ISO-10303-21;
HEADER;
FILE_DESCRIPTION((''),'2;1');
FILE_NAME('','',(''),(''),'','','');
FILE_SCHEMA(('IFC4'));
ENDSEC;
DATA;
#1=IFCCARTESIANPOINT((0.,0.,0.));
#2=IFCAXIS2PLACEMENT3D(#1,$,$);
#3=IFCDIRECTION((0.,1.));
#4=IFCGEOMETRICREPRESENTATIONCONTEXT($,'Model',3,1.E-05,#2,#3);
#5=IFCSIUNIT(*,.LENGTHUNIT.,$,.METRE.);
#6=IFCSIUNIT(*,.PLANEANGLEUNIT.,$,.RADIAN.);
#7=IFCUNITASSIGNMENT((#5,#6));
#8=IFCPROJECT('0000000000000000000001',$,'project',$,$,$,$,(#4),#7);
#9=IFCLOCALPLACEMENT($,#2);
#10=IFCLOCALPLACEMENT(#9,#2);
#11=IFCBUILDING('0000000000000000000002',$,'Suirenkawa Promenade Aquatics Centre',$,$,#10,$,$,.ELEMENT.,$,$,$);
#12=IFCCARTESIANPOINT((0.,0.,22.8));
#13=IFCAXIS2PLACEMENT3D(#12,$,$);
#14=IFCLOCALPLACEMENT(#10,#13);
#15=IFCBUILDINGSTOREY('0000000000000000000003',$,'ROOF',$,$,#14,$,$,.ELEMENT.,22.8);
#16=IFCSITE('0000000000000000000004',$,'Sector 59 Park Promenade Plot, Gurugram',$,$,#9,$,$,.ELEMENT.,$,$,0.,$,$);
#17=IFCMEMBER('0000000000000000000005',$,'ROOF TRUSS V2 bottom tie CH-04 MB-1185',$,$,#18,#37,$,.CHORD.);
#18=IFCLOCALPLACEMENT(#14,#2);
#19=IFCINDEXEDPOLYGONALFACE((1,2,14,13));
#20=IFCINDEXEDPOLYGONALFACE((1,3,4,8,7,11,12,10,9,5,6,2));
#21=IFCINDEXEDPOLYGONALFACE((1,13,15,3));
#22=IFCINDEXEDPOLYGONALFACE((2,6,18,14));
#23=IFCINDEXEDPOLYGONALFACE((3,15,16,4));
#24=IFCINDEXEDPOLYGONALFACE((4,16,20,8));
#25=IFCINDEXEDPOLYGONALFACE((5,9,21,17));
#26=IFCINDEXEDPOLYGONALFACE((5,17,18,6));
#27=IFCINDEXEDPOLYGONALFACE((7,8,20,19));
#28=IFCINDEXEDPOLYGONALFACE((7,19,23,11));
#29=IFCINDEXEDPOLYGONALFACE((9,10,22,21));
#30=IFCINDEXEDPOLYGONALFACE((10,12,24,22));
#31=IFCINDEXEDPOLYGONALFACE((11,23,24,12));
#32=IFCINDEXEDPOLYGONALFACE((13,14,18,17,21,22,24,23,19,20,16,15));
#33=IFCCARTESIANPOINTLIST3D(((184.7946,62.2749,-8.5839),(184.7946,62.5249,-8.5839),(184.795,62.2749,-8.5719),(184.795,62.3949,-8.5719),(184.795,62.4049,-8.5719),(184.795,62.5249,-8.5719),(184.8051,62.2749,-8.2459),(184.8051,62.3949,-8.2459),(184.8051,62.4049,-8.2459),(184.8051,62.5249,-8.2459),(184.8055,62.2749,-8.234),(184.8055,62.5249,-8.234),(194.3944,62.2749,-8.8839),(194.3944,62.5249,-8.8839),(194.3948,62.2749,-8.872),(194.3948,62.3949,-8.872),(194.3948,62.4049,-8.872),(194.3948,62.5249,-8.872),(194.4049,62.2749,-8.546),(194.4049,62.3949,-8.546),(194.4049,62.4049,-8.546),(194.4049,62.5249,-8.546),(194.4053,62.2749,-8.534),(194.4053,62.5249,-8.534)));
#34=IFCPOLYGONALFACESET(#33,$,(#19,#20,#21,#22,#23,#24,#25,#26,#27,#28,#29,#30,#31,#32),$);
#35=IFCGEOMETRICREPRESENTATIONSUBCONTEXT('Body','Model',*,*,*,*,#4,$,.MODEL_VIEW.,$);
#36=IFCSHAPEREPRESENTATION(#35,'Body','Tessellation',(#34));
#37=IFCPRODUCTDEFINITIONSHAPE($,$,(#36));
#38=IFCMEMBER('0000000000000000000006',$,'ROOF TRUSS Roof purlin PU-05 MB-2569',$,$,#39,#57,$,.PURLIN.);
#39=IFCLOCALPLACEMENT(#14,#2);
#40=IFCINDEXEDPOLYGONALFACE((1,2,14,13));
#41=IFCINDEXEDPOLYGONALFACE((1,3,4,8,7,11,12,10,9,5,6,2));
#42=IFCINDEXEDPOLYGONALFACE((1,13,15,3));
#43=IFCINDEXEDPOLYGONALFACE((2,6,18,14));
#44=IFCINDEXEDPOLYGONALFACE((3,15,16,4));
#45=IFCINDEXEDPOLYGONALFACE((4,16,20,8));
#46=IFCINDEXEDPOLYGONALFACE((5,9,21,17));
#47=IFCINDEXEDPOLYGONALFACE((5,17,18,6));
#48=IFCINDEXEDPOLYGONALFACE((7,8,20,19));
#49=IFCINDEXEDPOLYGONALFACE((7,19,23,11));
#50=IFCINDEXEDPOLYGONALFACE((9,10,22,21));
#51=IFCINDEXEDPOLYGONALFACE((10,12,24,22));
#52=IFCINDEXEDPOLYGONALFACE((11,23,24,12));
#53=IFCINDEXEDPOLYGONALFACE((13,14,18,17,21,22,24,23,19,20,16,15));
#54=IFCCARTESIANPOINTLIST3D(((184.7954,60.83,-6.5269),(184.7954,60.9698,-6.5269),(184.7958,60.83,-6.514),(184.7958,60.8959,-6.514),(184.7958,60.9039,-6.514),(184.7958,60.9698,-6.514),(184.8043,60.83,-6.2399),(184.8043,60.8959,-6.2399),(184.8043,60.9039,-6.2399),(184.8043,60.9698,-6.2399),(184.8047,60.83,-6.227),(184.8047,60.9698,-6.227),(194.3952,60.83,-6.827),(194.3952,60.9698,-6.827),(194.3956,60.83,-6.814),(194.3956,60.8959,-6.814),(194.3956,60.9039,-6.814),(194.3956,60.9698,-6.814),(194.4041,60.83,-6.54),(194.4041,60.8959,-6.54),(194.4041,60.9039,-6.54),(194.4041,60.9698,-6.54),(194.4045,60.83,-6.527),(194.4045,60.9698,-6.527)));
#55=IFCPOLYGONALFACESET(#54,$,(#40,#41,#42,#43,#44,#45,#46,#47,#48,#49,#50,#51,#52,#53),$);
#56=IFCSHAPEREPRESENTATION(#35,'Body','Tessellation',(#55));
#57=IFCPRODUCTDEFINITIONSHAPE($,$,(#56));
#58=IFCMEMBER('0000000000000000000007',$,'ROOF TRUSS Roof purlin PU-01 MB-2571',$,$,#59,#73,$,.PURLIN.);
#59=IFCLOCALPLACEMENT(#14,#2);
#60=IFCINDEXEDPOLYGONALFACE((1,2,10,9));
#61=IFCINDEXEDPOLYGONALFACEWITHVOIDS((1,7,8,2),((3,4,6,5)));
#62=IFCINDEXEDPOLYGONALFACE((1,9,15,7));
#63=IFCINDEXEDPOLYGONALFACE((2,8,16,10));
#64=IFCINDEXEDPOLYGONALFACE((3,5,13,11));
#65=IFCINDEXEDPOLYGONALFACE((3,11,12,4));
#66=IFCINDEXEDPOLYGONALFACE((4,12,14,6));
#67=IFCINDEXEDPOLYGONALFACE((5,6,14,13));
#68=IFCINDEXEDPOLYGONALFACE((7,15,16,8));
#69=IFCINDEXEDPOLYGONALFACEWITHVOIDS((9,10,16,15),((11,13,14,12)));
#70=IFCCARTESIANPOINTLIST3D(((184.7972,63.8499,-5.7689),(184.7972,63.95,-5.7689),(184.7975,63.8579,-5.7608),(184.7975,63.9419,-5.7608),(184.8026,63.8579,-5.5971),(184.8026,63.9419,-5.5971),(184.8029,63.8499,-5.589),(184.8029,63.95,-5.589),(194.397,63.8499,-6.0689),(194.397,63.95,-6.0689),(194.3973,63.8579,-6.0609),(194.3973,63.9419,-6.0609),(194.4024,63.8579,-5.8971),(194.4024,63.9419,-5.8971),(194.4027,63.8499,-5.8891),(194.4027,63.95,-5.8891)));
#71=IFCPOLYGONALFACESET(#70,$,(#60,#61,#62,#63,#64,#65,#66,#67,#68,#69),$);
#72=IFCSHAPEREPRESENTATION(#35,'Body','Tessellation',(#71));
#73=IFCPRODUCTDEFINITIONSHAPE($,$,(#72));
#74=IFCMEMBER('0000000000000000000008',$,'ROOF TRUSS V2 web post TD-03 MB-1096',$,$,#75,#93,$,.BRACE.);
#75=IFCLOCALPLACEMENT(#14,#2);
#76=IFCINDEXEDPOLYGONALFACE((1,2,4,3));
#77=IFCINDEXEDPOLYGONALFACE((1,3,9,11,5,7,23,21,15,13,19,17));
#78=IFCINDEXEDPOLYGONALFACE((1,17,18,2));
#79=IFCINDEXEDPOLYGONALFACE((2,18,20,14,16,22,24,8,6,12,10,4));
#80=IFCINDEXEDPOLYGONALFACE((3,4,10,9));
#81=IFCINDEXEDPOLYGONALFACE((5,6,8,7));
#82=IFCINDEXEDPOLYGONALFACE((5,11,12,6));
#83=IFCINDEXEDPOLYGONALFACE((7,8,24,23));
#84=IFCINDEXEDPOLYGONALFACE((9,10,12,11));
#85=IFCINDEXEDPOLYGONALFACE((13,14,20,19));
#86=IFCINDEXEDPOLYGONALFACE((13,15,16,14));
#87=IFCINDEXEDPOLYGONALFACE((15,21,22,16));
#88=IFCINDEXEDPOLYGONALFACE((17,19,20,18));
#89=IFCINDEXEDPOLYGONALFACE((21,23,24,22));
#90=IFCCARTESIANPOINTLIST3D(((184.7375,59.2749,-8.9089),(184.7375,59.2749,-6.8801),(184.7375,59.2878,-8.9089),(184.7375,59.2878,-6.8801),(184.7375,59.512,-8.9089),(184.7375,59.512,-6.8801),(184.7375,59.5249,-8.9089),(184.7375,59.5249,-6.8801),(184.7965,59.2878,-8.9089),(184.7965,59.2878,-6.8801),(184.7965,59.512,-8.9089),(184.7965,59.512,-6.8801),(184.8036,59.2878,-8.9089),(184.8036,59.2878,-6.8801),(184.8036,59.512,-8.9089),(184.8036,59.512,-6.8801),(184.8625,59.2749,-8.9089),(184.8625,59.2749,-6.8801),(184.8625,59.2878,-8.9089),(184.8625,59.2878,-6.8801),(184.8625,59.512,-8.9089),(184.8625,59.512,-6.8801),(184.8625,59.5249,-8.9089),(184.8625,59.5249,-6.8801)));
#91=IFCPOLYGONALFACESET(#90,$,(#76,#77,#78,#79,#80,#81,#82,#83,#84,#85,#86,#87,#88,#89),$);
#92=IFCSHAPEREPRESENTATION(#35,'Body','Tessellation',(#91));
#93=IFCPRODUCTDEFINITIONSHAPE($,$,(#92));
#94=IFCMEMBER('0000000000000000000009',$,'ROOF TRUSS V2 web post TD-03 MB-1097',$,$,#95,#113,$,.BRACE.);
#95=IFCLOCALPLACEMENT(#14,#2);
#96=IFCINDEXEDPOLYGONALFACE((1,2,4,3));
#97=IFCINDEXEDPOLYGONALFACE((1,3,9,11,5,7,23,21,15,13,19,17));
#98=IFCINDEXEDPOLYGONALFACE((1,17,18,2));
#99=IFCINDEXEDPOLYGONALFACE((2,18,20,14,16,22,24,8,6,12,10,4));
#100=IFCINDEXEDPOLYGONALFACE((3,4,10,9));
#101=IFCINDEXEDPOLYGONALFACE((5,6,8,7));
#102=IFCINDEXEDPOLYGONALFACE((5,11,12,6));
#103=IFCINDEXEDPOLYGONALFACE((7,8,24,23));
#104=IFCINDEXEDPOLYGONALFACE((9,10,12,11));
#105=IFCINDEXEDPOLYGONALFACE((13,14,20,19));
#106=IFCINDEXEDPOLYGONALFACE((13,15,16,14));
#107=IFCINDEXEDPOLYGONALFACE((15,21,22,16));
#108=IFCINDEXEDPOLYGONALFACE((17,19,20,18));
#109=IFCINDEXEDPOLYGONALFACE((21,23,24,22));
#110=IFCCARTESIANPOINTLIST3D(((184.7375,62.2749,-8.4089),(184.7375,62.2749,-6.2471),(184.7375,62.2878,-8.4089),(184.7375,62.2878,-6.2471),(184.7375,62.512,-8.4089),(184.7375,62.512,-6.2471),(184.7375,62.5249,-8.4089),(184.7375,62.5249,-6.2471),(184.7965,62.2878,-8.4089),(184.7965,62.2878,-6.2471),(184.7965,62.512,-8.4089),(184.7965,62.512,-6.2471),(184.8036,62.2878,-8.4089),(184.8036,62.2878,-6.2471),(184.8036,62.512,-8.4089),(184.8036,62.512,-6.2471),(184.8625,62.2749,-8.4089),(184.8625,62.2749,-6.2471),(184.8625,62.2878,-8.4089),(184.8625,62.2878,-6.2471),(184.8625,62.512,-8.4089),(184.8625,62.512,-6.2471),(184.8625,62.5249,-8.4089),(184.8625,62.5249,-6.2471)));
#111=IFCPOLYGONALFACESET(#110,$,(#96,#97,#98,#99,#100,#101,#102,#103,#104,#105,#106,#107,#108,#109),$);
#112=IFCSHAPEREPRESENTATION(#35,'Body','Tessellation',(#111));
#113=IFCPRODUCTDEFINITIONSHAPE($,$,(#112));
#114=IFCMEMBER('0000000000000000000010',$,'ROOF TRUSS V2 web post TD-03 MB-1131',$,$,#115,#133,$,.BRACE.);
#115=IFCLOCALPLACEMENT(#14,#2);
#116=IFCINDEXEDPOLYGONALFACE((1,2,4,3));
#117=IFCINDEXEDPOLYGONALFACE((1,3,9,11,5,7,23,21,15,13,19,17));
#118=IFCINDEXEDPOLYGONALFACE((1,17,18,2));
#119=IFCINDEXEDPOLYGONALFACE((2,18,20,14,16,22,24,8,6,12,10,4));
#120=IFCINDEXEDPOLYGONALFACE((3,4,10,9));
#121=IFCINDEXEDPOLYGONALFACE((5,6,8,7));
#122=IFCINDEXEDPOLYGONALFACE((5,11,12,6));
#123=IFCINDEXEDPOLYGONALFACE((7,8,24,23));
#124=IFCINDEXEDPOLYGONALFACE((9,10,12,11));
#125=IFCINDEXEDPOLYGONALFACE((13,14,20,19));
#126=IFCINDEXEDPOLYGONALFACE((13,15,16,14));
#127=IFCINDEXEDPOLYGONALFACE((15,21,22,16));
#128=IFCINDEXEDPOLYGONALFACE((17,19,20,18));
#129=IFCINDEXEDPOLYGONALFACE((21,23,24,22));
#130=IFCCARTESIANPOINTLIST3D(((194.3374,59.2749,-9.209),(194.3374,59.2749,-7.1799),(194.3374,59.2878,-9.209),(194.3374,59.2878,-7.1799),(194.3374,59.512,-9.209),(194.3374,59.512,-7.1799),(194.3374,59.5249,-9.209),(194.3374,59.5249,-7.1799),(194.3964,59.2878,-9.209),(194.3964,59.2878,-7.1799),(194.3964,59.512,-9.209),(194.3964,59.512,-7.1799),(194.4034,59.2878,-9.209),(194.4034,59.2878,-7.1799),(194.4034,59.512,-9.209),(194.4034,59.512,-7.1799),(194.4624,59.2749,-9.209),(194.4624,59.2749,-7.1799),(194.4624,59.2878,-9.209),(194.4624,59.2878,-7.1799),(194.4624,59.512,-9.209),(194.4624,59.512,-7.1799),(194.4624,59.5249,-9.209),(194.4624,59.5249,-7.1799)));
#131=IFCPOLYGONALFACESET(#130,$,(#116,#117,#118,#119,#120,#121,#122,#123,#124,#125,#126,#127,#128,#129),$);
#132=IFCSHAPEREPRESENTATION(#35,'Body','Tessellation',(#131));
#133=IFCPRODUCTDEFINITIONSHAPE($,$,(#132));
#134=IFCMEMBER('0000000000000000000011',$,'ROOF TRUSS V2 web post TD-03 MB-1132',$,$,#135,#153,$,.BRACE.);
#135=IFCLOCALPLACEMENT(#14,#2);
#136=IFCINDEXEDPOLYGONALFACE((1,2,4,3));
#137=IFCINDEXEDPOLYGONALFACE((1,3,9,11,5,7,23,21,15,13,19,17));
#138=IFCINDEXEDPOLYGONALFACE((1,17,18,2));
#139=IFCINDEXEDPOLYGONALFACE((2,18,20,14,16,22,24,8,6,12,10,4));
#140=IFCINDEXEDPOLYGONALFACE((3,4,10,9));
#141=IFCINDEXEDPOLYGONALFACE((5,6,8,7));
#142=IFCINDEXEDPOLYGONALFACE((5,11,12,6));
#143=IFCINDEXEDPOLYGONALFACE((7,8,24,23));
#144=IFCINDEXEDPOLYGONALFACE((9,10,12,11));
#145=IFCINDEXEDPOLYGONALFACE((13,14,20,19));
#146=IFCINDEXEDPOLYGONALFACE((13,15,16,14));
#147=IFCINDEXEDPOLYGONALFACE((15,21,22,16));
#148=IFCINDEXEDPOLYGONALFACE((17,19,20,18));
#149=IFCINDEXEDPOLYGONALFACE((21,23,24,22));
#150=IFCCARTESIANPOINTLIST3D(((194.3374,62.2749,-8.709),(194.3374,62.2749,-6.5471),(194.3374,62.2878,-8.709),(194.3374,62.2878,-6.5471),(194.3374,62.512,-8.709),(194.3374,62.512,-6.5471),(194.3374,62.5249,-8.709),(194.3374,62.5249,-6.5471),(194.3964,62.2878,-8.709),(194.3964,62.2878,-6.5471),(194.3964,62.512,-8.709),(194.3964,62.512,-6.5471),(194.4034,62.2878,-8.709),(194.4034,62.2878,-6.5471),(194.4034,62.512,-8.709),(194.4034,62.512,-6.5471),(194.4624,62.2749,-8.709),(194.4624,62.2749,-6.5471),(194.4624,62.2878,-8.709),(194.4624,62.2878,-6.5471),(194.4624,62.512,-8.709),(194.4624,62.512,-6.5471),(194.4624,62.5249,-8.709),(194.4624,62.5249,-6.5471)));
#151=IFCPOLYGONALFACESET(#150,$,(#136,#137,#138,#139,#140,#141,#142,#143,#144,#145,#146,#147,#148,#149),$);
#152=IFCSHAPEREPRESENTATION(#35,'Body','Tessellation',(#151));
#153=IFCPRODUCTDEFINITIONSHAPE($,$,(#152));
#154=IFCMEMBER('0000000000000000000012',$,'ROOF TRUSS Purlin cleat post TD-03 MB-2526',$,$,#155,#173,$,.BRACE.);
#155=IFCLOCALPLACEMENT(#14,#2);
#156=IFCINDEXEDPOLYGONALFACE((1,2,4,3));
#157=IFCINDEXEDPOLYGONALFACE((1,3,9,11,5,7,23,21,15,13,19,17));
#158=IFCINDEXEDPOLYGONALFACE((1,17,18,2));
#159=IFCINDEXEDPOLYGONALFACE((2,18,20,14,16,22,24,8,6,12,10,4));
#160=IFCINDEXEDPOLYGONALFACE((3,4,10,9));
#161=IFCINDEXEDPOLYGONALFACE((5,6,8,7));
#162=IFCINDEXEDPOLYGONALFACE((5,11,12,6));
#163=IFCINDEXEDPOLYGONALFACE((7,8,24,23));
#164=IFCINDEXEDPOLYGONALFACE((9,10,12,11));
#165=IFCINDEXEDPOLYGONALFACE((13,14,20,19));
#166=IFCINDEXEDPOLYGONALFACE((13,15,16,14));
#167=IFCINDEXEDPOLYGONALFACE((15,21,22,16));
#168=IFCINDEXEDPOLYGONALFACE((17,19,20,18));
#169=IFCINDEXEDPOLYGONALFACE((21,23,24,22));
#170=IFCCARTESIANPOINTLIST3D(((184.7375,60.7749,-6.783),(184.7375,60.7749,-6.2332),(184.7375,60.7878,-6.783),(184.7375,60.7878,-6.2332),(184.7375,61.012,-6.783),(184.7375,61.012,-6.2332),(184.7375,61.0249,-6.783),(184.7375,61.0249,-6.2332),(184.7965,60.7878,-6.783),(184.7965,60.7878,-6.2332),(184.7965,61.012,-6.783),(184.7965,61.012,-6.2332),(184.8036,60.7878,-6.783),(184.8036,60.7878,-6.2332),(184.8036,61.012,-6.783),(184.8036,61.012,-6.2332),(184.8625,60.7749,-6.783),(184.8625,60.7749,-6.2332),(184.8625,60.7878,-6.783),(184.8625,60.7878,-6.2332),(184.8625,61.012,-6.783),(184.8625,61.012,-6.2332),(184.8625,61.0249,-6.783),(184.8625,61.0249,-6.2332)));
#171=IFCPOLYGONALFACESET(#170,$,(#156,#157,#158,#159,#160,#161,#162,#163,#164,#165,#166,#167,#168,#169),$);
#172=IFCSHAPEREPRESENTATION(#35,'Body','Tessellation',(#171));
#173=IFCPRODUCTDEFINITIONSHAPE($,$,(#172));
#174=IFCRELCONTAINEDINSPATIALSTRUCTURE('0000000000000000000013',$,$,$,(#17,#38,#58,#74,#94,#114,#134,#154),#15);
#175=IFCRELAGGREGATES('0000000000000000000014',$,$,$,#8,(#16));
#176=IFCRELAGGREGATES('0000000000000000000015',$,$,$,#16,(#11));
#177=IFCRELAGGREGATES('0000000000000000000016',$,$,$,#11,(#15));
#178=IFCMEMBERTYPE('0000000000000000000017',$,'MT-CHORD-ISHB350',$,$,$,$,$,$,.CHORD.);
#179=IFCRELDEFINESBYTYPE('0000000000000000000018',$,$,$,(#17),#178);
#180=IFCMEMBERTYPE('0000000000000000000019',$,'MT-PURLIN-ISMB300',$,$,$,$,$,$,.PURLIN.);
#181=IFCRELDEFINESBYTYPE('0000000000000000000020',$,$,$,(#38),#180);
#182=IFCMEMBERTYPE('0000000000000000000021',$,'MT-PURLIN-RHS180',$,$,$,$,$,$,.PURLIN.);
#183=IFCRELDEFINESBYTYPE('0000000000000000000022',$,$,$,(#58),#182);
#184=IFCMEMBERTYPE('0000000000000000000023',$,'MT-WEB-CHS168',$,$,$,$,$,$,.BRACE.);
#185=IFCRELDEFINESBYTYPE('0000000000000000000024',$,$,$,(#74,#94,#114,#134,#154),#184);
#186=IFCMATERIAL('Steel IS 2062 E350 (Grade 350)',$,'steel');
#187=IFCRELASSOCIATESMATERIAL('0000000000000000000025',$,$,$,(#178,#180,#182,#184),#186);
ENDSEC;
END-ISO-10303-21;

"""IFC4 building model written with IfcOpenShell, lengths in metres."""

from ifc_helpers import new_model, si_unit, direction, frame, origin, origin_2d, place, context, subcontext, project, spatial, hollow_rectangle, i_section, extrude, material, material_profile, profile_set, type_object, element, save


model = new_model("IFC4")

# Units and contexts
model_context = context("Model", 3, precision=1e-05, world=origin(), true_north=direction((0.0, 1.0)))
body_context = subcontext(model_context, "Body", "Model", "MODEL_VIEW")
ifc_project = project(units=[si_unit("LENGTHUNIT", "METRE"), si_unit("PLANEANGLEUNIT", "RADIAN")], contexts=[model_context])

# Site, building, storey
site_placement = place(None, origin())
site = spatial("IfcSite", under=ifc_project, at=site_placement, Name="Sector 59 Park Promenade Plot, Gurugram", CompositionType="ELEMENT", RefElevation=0.0)
building_placement = place(site_placement, origin())
building = spatial("IfcBuilding", under=site, at=building_placement, Name="Suirenkawa Promenade Aquatics Centre", CompositionType="ELEMENT")
storey_placement = place(building_placement, frame((0.0, 0.0, 22.8)))
storey = spatial("IfcBuildingStorey", under=building, at=storey_placement, Name="ROOF", CompositionType="ELEMENT", Elevation=22.8)

# Shared definitions
ifc_material = material(Name="Steel IS 2062 E350 (Grade 350)", Category="steel")

# Members
ifc_material_profile_1 = material_profile(ifc_material, i_section(OverallWidth=0.25, OverallDepth=0.3501, WebThickness=0.01, FlangeThickness=0.012, at=origin_2d()), Name="ISHB 350", Category="steel")
ifc_profile_set_1 = profile_set([ifc_material_profile_1], Name="Steel IS 2062 E350 (Grade 350)")
member_type_1 = type_object("IfcMemberType", Name="MT-CHORD-ISHB350", PredefinedType="CHORD", material=ifc_profile_set_1)
member_1_placement = place(storey_placement, frame((184.8, 62.3999, -8.4089), z_axis=(0.999512, 0.0, -0.03124), x_axis=(0.0, 1.0, 0.0)))
element("IfcMember", 1, at=member_1_placement, inside=storey, type_object=member_type_1, Name="ROOF TRUSS V2 bottom tie CH-04 MB-1185", PredefinedType="CHORD", context=body_context, shape_type="SweptSolid", body=[
    extrude(i_section(OverallWidth=0.25, OverallDepth=0.3501, WebThickness=0.01, FlangeThickness=0.012, at=origin_2d()), origin(), (0.0, 0.0, 1.0), 9.6045),
])
ifc_material_profile_2 = material_profile(ifc_material, i_section(OverallWidth=0.1399, OverallDepth=0.3, WebThickness=0.0081, FlangeThickness=0.0129, at=origin_2d()), Name="ISMB 300", Category="steel")
ifc_profile_set_2 = profile_set([ifc_material_profile_2], Name="Steel IS 2062 E350 (Grade 350)")
member_type_2 = type_object("IfcMemberType", Name="MT-PURLIN-ISMB300", PredefinedType="PURLIN", material=ifc_profile_set_2)
member_2_placement = place(storey_placement, frame((184.8, 60.8999, -6.377), z_axis=(0.999512, 0.0, -0.03124), x_axis=(0.0, 1.0, 0.0)))
element("IfcMember", 2, at=member_2_placement, inside=storey, type_object=member_type_2, Name="ROOF TRUSS Roof purlin PU-05 MB-2569", PredefinedType="PURLIN", context=body_context, shape_type="SweptSolid", body=[
    extrude(i_section(OverallWidth=0.1399, OverallDepth=0.3, WebThickness=0.0081, FlangeThickness=0.0129, at=origin_2d()), origin(), (0.0, 0.0, 1.0), 9.6045),
])
ifc_material_profile_3 = material_profile(ifc_material, hollow_rectangle(XDim=0.1001, YDim=0.1799, WallThickness=0.0081, at=origin_2d()), Name="RHS 180x100x8", Category="steel")
ifc_profile_set_3 = profile_set([ifc_material_profile_3], Name="Steel IS 2062 E350 (Grade 350)")
member_type_3 = type_object("IfcMemberType", Name="MT-PURLIN-RHS180", PredefinedType="PURLIN", material=ifc_profile_set_3)
member_3_placement = place(storey_placement, frame((184.8, 63.8999, -5.679), z_axis=(0.999512, 0.0, -0.03124), x_axis=(0.0, 1.0, 0.0)))
element("IfcMember", 3, at=member_3_placement, inside=storey, type_object=member_type_3, Name="ROOF TRUSS Roof purlin PU-01 MB-2571", PredefinedType="PURLIN", context=body_context, shape_type="SweptSolid", body=[
    extrude(hollow_rectangle(XDim=0.1001, YDim=0.1799, WallThickness=0.0081, at=origin_2d()), origin(), (0.0, 0.0, 1.0), 9.6045),
])
ifc_material_profile_4 = material_profile(ifc_material, i_section(OverallWidth=0.125, OverallDepth=0.25, WebThickness=0.0071, FlangeThickness=0.0129, at=origin_2d()), Name="ISMB 250", Category="steel")
ifc_profile_set_4 = profile_set([ifc_material_profile_4], Name="Steel IS 2062 E350 (Grade 350)")
member_type_4 = type_object("IfcMemberType", Name="MT-WEB-CHS168", PredefinedType="BRACE", material=ifc_profile_set_4)
member_4_placement = place(storey_placement, frame((184.8, 59.3999, -8.9089), z_axis=(0.0, 0.0, 1.0), x_axis=(1.0, 0.0, 0.0)))
element("IfcMember", 4, at=member_4_placement, inside=storey, type_object=member_type_4, Name="ROOF TRUSS V2 web post TD-03 MB-1096", PredefinedType="BRACE", context=body_context, shape_type="SweptSolid", body=[
    extrude(i_section(OverallWidth=0.125, OverallDepth=0.25, WebThickness=0.0071, FlangeThickness=0.0129, at=origin_2d()), origin(), (0.0, 0.0, 1.0), 2.0288),
])
member_5_placement = place(storey_placement, frame((184.8, 62.3999, -8.4089), z_axis=(0.0, 0.0, 1.0), x_axis=(1.0, 0.0, 0.0)))
element("IfcMember", 5, at=member_5_placement, inside=storey, type_object=member_type_4, Name="ROOF TRUSS V2 web post TD-03 MB-1097", PredefinedType="BRACE", context=body_context, shape_type="SweptSolid", body=[
    extrude(i_section(OverallWidth=0.125, OverallDepth=0.25, WebThickness=0.0071, FlangeThickness=0.0129, at=origin_2d()), origin(), (0.0, 0.0, 1.0), 2.1619),
])
member_6_placement = place(storey_placement, frame((194.3999, 59.3999, -9.209), z_axis=(0.0, 0.0, 1.0), x_axis=(1.0, 0.0, 0.0)))
element("IfcMember", 6, at=member_6_placement, inside=storey, type_object=member_type_4, Name="ROOF TRUSS V2 web post TD-03 MB-1131", PredefinedType="BRACE", context=body_context, shape_type="SweptSolid", body=[
    extrude(i_section(OverallWidth=0.125, OverallDepth=0.25, WebThickness=0.0071, FlangeThickness=0.0129, at=origin_2d()), origin(), (0.0, 0.0, 1.0), 2.0291),
])
member_7_placement = place(storey_placement, frame((194.3999, 62.3999, -8.709), z_axis=(0.0, 0.0, 1.0), x_axis=(1.0, 0.0, 0.0)))
element("IfcMember", 7, at=member_7_placement, inside=storey, type_object=member_type_4, Name="ROOF TRUSS V2 web post TD-03 MB-1132", PredefinedType="BRACE", context=body_context, shape_type="SweptSolid", body=[
    extrude(i_section(OverallWidth=0.125, OverallDepth=0.25, WebThickness=0.0071, FlangeThickness=0.0129, at=origin_2d()), origin(), (0.0, 0.0, 1.0), 2.1619),
])
member_8_placement = place(storey_placement, frame((184.8, 60.8999, -6.783), z_axis=(0.0, 0.0, 1.0), x_axis=(1.0, 0.0, 0.0)))
element("IfcMember", 8, at=member_8_placement, inside=storey, type_object=member_type_4, Name="ROOF TRUSS Purlin cleat post TD-03 MB-2526", PredefinedType="BRACE", context=body_context, shape_type="SweptSolid", body=[
    extrude(i_section(OverallWidth=0.125, OverallDepth=0.25, WebThickness=0.0071, FlangeThickness=0.0129, at=origin_2d()), origin(), (0.0, 0.0, 1.0), 0.5498),
])

save(model, "model.ifc")
